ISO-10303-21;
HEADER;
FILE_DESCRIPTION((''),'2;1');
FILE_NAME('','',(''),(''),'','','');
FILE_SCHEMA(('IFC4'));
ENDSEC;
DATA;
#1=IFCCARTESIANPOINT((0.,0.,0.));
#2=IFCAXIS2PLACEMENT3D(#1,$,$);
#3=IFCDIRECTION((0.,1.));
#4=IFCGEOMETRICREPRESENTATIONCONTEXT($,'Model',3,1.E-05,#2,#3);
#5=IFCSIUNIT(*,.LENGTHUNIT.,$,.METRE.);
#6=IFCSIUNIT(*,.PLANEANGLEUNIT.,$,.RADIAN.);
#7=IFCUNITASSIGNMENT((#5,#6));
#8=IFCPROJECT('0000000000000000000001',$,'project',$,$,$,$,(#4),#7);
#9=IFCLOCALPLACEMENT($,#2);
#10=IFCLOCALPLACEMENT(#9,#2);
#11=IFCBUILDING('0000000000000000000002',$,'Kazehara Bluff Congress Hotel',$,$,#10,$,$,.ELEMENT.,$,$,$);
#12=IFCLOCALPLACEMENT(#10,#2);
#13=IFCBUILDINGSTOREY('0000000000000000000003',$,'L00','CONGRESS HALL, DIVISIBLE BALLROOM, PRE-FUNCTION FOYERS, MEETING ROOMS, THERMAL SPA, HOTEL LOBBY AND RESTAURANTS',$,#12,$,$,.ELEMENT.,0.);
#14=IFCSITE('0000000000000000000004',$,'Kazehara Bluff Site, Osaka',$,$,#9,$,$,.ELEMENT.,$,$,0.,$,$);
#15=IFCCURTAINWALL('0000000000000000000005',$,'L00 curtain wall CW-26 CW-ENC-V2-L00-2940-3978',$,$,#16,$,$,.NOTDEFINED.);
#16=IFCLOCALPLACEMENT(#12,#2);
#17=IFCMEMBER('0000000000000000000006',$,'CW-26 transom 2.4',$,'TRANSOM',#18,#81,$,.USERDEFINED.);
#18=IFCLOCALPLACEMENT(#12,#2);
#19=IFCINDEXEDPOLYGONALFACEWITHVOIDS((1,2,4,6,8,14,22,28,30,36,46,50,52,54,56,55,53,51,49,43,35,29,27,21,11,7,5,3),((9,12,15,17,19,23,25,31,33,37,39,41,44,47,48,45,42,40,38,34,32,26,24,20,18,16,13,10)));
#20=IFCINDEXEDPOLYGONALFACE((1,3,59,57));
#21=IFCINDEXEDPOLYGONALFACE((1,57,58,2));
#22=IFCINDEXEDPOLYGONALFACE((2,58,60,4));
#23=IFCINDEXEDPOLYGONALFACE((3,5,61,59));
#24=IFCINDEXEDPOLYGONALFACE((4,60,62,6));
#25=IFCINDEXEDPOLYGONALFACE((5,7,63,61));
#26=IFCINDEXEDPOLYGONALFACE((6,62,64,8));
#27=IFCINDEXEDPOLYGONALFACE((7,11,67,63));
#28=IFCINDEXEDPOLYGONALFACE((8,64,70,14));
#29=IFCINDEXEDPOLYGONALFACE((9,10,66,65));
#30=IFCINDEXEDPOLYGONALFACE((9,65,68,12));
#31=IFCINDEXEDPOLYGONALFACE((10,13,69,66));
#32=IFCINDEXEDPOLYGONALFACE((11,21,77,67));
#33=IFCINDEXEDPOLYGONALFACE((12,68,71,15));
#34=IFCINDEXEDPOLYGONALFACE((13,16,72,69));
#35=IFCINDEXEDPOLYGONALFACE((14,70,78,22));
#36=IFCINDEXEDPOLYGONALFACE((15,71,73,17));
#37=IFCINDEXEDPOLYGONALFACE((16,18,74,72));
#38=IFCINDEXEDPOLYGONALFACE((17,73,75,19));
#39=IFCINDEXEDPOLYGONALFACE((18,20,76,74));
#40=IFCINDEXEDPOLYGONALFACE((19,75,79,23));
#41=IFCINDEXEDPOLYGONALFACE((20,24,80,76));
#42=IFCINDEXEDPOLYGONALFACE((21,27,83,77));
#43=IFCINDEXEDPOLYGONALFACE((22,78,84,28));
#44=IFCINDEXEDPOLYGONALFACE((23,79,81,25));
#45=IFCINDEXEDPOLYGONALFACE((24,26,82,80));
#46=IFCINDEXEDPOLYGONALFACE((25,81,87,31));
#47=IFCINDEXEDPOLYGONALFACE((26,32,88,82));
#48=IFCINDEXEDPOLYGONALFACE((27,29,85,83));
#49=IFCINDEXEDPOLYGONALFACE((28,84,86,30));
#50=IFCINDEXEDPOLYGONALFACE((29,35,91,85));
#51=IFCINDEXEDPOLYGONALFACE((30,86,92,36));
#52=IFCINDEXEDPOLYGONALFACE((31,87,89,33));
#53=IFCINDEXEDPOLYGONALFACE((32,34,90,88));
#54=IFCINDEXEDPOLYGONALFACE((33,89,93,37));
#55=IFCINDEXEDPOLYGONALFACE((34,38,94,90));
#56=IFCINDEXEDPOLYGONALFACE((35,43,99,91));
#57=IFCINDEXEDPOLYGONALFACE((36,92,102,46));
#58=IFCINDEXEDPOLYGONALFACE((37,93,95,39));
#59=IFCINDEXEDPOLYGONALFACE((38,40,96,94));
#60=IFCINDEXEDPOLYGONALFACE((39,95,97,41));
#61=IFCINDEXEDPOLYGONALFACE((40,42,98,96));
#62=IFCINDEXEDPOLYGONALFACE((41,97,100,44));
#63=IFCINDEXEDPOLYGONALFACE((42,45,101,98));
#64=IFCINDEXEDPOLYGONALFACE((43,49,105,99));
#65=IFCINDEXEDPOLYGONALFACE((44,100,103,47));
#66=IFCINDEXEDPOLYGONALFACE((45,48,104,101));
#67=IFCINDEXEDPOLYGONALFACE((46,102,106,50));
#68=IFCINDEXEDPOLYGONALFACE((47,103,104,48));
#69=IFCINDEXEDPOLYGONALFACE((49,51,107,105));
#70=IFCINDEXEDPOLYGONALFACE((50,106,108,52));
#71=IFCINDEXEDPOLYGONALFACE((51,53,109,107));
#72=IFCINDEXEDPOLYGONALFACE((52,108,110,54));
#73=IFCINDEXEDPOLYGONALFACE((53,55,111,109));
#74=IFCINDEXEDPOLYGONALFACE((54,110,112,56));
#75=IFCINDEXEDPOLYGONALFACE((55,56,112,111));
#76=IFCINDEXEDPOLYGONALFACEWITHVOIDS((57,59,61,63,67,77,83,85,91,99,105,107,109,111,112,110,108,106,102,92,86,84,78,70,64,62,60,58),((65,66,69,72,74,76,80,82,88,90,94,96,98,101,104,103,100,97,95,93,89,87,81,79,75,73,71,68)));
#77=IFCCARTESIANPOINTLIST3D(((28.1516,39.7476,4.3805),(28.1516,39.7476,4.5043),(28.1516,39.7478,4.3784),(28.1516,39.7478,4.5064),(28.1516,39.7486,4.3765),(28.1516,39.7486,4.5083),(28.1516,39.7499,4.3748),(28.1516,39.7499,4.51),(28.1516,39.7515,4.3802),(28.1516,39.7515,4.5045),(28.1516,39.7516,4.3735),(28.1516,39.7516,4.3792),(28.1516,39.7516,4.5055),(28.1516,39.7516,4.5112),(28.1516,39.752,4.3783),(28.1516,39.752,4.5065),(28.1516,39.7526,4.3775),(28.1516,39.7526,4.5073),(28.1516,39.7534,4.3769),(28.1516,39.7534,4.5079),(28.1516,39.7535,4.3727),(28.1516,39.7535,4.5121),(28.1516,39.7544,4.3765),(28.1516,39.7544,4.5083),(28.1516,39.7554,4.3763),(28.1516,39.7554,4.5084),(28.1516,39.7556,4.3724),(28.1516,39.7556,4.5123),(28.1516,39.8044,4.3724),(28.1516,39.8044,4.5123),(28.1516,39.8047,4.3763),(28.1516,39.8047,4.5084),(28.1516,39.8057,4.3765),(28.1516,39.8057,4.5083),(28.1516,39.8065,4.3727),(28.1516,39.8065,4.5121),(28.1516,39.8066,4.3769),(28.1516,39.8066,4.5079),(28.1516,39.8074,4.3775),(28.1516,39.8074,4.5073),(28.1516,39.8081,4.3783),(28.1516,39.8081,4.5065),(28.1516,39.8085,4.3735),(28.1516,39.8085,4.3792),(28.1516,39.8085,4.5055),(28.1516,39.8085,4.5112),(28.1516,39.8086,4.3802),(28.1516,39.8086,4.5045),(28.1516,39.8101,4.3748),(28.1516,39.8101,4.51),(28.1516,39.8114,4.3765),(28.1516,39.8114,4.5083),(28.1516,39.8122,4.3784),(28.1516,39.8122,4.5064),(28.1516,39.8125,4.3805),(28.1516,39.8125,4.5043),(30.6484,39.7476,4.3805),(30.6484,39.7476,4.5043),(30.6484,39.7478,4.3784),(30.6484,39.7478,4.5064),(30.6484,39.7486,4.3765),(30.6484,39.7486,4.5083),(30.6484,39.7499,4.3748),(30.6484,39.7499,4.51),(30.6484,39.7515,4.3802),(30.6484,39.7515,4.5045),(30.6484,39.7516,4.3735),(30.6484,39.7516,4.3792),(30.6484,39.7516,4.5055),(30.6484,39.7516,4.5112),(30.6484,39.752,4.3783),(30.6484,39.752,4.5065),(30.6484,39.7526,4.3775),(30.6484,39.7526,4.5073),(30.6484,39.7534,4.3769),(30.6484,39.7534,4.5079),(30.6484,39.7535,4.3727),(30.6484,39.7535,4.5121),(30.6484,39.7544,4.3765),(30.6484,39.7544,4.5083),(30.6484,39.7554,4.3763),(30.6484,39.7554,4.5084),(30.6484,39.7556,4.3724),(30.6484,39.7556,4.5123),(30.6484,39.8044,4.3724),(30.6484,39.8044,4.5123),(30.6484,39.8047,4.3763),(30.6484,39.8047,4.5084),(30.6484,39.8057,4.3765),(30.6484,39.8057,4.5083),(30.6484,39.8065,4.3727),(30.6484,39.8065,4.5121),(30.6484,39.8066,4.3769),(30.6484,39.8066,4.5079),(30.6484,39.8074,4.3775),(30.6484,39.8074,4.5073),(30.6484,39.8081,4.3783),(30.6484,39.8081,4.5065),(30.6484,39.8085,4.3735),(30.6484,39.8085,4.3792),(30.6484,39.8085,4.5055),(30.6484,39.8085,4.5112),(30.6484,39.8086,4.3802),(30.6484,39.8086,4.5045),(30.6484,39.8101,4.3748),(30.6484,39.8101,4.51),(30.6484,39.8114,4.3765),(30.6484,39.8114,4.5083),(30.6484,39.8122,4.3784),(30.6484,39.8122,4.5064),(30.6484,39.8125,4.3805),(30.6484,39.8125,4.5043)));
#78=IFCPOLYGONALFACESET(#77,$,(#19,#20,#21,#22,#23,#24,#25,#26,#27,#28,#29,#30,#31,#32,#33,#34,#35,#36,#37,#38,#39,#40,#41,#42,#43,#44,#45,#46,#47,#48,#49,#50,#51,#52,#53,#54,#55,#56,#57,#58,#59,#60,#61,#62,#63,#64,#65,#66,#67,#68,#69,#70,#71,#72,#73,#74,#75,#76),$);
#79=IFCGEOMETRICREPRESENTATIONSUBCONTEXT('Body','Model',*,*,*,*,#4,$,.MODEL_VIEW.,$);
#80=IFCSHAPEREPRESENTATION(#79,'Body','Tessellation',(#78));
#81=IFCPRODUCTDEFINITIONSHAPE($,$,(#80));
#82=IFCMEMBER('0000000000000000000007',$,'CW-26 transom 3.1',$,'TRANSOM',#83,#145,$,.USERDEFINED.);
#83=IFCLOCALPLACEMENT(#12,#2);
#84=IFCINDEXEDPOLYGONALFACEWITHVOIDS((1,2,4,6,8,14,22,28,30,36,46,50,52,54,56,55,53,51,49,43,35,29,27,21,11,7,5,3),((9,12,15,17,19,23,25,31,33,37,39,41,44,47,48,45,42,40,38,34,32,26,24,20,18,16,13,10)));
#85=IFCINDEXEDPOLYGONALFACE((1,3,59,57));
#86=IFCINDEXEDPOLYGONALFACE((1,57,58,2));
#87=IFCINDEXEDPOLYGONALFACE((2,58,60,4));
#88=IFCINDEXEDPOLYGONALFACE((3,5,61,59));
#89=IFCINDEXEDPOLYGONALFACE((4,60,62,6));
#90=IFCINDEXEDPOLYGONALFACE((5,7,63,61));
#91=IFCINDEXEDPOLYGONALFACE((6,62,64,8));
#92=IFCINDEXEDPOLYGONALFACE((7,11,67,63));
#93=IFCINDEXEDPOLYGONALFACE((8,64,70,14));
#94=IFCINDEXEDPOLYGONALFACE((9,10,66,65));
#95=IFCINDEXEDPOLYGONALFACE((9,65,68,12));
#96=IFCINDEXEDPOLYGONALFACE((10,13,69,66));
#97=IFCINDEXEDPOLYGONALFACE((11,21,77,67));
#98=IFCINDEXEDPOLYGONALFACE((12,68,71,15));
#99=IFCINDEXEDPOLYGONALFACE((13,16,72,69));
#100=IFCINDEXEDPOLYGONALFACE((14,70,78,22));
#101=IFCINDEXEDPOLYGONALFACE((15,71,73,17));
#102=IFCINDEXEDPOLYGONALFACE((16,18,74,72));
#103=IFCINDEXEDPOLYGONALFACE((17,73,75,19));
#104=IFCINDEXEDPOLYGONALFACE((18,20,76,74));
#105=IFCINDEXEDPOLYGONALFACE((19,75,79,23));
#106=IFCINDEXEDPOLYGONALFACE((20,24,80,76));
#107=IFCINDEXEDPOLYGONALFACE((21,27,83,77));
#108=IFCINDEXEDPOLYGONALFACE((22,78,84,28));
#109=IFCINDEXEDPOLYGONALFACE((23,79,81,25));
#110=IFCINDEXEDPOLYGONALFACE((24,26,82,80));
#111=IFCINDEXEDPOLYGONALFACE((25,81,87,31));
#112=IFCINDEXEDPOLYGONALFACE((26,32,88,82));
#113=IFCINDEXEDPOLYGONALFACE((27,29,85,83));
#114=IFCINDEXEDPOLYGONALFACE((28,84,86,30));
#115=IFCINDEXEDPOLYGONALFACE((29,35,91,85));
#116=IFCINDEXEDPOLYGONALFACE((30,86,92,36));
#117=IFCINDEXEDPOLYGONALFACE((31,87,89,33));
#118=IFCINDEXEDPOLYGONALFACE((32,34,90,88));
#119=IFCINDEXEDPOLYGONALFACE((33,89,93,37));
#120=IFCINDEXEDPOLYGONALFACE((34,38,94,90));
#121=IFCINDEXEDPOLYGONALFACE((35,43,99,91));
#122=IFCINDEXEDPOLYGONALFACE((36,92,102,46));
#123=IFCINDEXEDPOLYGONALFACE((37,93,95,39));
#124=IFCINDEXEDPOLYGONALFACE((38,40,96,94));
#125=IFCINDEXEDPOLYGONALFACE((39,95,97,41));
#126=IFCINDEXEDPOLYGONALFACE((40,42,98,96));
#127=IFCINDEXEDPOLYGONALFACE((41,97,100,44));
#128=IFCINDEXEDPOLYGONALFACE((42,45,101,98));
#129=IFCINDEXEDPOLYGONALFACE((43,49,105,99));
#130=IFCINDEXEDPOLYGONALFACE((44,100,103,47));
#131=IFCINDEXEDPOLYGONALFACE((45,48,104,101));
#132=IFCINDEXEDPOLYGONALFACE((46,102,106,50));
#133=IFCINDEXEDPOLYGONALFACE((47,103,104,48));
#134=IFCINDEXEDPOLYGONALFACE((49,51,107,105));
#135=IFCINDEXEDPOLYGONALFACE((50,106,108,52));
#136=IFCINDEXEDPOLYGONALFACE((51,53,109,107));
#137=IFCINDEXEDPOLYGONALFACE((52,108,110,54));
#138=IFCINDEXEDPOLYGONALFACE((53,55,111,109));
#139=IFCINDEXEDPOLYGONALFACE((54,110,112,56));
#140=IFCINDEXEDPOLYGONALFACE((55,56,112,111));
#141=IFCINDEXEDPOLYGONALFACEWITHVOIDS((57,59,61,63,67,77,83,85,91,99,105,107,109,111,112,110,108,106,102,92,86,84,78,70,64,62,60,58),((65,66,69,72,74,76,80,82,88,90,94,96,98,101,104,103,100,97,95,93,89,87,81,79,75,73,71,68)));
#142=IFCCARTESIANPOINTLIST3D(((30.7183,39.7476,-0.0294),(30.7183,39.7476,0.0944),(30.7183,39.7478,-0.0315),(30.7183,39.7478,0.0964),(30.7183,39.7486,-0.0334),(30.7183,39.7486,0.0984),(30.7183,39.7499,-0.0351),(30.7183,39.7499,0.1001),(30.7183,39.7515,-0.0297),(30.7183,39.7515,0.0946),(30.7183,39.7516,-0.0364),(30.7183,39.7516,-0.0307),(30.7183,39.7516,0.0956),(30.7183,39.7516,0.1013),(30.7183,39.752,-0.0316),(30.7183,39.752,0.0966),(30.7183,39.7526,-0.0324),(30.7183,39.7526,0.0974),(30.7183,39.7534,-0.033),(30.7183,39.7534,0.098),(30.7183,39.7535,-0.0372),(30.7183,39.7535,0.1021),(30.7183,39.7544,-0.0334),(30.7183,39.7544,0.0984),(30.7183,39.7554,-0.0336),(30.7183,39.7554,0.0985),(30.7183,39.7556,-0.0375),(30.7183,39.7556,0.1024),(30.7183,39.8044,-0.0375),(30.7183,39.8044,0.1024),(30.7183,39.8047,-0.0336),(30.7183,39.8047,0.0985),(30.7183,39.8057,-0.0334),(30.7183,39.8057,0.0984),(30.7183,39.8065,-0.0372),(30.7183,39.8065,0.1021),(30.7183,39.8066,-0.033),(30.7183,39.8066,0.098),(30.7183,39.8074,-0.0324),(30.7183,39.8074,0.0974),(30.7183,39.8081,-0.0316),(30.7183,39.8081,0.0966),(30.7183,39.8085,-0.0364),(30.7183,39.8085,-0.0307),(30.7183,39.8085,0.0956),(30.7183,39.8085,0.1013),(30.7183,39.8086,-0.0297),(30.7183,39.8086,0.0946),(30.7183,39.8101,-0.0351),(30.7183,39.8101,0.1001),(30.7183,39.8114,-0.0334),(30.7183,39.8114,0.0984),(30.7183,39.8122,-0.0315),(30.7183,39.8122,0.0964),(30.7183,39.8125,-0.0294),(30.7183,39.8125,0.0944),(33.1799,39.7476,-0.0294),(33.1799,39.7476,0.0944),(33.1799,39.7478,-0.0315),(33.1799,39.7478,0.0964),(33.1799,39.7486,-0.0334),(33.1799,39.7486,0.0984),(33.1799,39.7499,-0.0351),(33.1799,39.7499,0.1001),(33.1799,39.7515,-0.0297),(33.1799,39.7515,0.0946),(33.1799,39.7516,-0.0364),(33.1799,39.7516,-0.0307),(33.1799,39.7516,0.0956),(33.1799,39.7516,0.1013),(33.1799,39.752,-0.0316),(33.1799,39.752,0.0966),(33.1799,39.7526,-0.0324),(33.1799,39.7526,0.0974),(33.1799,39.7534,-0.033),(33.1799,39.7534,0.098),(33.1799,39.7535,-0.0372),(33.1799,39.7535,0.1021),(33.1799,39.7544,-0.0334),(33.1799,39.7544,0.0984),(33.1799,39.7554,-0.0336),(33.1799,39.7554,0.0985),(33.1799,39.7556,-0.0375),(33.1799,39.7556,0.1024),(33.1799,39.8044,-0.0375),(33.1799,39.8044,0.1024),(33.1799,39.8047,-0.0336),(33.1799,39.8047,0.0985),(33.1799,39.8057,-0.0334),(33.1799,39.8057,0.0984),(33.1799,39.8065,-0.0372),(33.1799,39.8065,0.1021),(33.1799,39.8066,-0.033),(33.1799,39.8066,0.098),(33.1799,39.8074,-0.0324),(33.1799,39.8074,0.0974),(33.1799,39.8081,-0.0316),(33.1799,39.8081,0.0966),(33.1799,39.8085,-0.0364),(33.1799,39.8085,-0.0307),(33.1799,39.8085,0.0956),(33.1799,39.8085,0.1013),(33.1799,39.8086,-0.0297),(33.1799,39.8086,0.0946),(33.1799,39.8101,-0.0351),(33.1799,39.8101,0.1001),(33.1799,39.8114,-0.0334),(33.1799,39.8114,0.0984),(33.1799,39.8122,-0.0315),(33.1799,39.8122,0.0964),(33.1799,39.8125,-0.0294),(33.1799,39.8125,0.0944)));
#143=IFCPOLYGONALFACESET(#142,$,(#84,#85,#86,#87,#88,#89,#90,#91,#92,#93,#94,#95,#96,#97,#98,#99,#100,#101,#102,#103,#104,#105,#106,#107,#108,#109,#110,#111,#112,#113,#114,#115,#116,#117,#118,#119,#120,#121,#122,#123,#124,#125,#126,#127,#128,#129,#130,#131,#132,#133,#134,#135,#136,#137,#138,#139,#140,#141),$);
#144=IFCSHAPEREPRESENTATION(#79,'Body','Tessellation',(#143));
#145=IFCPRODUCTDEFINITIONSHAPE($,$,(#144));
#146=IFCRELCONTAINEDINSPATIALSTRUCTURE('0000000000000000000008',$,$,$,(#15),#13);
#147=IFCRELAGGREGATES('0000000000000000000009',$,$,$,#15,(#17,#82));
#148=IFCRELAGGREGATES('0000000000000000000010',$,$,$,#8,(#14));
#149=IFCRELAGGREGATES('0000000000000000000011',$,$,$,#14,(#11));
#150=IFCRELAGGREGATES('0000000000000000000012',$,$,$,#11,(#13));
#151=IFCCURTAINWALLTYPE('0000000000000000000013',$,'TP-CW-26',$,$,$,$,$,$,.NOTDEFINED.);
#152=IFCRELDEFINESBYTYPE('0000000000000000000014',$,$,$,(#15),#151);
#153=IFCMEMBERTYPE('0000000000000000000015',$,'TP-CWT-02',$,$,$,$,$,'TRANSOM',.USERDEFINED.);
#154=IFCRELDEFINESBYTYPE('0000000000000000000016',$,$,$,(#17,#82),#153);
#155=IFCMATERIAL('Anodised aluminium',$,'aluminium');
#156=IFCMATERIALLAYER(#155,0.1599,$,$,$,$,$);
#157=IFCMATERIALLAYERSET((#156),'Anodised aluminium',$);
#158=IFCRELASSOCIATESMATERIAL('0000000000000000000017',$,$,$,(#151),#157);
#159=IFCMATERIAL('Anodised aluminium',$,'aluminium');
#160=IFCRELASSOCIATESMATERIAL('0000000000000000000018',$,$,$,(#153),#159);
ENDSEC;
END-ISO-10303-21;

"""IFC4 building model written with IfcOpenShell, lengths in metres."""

from ifc_helpers import new_model, si_unit, direction, frame, origin, origin_2d, place, context, subcontext, project, spatial, hollow_rectangle, extrude, material, layer, layer_set, material_profile, profile_set, type_object, element, aggregate, save


model = new_model("IFC4")

# Units and contexts
model_context = context("Model", 3, precision=1e-05, world=origin(), true_north=direction((0.0, 1.0)))
body_context = subcontext(model_context, "Body", "Model", "MODEL_VIEW")
ifc_project = project(units=[si_unit("LENGTHUNIT", "METRE"), si_unit("PLANEANGLEUNIT", "RADIAN")], contexts=[model_context])

# Site, building, storey
site_placement = place(None, origin())
site = spatial("IfcSite", under=ifc_project, at=site_placement, Name="Kazehara Bluff Site, Osaka", CompositionType="ELEMENT", RefElevation=0.0)
building_placement = place(site_placement, origin())
building = spatial("IfcBuilding", under=site, at=building_placement, Name="Kazehara Bluff Congress Hotel", CompositionType="ELEMENT")
storey_placement = place(building_placement, origin())
storey = spatial("IfcBuildingStorey", under=building, at=storey_placement, Name="L00", Description="CONGRESS HALL, DIVISIBLE BALLROOM, PRE-FUNCTION FOYERS, MEETING ROOMS, THERMAL SPA, HOTEL LOBBY AND RESTAURANTS", CompositionType="ELEMENT", Elevation=0.0)

# Curtain wall
ifc_material_1 = material(Name="Anodised aluminium", Category="aluminium")
ifc_layer_1 = layer(ifc_material_1, 0.1599)
ifc_layer_set_1 = layer_set([ifc_layer_1], Name="Anodised aluminium")
curtain_wall_type_1 = type_object("IfcCurtainWallType", Name="TP-CW-26", PredefinedType="NOTDEFINED", material=ifc_layer_set_1)
curtain_wall_1_placement = place(storey_placement, origin())
curtain_wall_1 = element("IfcCurtainWall", 1, at=curtain_wall_1_placement, inside=storey, type_object=curtain_wall_type_1, Name="L00 curtain wall CW-26 CW-ENC-V2-L00-2940-3978", PredefinedType="NOTDEFINED")

# Members
ifc_material_2 = material(Name="Anodised aluminium", Category="aluminium")
ifc_material_profile_1 = material_profile(ifc_material_2, hollow_rectangle(XDim=0.0649, YDim=0.1399, WallThickness=0.0039, InnerFilletRadius=0.0039, OuterFilletRadius=0.0081, at=origin_2d()))
ifc_profile_set_1 = profile_set([ifc_material_profile_1], Name="Anodised aluminium")
member_type_1 = type_object("IfcMemberType", Name="TP-CWT-02", ElementType="TRANSOM", PredefinedType="USERDEFINED", material=ifc_profile_set_1)
member_1_placement = place(storey_placement, frame((28.1516, 39.78, 4.4424), z_axis=(1.0, 0.0, 0.0), x_axis=(0.0, 1.0, 0.0)))
member_1 = element("IfcMember", 2, at=member_1_placement, type_object=member_type_1, Name="CW-26 transom 2.4", ObjectType="TRANSOM", PredefinedType="USERDEFINED", context=body_context, shape_type="SweptSolid", body=[
    extrude(hollow_rectangle(XDim=0.0649, YDim=0.1399, WallThickness=0.0039, InnerFilletRadius=0.0039, OuterFilletRadius=0.0081, at=origin_2d()), origin(), (0.0, 0.0, 1.0), 2.4968),
])
member_2_placement = place(storey_placement, frame((30.7183, 39.78, 0.0325), z_axis=(1.0, 0.0, 0.0), x_axis=(0.0, 1.0, 0.0)))
member_2 = element("IfcMember", 3, at=member_2_placement, type_object=member_type_1, Name="CW-26 transom 3.1", ObjectType="TRANSOM", PredefinedType="USERDEFINED", context=body_context, shape_type="SweptSolid", body=[
    extrude(hollow_rectangle(XDim=0.0649, YDim=0.1399, WallThickness=0.0039, InnerFilletRadius=0.0039, OuterFilletRadius=0.0081, at=origin_2d()), origin(), (0.0, 0.0, 1.0), 2.4617),
])

aggregate(curtain_wall_1, [member_1, member_2])

save(model, "model.ifc")
